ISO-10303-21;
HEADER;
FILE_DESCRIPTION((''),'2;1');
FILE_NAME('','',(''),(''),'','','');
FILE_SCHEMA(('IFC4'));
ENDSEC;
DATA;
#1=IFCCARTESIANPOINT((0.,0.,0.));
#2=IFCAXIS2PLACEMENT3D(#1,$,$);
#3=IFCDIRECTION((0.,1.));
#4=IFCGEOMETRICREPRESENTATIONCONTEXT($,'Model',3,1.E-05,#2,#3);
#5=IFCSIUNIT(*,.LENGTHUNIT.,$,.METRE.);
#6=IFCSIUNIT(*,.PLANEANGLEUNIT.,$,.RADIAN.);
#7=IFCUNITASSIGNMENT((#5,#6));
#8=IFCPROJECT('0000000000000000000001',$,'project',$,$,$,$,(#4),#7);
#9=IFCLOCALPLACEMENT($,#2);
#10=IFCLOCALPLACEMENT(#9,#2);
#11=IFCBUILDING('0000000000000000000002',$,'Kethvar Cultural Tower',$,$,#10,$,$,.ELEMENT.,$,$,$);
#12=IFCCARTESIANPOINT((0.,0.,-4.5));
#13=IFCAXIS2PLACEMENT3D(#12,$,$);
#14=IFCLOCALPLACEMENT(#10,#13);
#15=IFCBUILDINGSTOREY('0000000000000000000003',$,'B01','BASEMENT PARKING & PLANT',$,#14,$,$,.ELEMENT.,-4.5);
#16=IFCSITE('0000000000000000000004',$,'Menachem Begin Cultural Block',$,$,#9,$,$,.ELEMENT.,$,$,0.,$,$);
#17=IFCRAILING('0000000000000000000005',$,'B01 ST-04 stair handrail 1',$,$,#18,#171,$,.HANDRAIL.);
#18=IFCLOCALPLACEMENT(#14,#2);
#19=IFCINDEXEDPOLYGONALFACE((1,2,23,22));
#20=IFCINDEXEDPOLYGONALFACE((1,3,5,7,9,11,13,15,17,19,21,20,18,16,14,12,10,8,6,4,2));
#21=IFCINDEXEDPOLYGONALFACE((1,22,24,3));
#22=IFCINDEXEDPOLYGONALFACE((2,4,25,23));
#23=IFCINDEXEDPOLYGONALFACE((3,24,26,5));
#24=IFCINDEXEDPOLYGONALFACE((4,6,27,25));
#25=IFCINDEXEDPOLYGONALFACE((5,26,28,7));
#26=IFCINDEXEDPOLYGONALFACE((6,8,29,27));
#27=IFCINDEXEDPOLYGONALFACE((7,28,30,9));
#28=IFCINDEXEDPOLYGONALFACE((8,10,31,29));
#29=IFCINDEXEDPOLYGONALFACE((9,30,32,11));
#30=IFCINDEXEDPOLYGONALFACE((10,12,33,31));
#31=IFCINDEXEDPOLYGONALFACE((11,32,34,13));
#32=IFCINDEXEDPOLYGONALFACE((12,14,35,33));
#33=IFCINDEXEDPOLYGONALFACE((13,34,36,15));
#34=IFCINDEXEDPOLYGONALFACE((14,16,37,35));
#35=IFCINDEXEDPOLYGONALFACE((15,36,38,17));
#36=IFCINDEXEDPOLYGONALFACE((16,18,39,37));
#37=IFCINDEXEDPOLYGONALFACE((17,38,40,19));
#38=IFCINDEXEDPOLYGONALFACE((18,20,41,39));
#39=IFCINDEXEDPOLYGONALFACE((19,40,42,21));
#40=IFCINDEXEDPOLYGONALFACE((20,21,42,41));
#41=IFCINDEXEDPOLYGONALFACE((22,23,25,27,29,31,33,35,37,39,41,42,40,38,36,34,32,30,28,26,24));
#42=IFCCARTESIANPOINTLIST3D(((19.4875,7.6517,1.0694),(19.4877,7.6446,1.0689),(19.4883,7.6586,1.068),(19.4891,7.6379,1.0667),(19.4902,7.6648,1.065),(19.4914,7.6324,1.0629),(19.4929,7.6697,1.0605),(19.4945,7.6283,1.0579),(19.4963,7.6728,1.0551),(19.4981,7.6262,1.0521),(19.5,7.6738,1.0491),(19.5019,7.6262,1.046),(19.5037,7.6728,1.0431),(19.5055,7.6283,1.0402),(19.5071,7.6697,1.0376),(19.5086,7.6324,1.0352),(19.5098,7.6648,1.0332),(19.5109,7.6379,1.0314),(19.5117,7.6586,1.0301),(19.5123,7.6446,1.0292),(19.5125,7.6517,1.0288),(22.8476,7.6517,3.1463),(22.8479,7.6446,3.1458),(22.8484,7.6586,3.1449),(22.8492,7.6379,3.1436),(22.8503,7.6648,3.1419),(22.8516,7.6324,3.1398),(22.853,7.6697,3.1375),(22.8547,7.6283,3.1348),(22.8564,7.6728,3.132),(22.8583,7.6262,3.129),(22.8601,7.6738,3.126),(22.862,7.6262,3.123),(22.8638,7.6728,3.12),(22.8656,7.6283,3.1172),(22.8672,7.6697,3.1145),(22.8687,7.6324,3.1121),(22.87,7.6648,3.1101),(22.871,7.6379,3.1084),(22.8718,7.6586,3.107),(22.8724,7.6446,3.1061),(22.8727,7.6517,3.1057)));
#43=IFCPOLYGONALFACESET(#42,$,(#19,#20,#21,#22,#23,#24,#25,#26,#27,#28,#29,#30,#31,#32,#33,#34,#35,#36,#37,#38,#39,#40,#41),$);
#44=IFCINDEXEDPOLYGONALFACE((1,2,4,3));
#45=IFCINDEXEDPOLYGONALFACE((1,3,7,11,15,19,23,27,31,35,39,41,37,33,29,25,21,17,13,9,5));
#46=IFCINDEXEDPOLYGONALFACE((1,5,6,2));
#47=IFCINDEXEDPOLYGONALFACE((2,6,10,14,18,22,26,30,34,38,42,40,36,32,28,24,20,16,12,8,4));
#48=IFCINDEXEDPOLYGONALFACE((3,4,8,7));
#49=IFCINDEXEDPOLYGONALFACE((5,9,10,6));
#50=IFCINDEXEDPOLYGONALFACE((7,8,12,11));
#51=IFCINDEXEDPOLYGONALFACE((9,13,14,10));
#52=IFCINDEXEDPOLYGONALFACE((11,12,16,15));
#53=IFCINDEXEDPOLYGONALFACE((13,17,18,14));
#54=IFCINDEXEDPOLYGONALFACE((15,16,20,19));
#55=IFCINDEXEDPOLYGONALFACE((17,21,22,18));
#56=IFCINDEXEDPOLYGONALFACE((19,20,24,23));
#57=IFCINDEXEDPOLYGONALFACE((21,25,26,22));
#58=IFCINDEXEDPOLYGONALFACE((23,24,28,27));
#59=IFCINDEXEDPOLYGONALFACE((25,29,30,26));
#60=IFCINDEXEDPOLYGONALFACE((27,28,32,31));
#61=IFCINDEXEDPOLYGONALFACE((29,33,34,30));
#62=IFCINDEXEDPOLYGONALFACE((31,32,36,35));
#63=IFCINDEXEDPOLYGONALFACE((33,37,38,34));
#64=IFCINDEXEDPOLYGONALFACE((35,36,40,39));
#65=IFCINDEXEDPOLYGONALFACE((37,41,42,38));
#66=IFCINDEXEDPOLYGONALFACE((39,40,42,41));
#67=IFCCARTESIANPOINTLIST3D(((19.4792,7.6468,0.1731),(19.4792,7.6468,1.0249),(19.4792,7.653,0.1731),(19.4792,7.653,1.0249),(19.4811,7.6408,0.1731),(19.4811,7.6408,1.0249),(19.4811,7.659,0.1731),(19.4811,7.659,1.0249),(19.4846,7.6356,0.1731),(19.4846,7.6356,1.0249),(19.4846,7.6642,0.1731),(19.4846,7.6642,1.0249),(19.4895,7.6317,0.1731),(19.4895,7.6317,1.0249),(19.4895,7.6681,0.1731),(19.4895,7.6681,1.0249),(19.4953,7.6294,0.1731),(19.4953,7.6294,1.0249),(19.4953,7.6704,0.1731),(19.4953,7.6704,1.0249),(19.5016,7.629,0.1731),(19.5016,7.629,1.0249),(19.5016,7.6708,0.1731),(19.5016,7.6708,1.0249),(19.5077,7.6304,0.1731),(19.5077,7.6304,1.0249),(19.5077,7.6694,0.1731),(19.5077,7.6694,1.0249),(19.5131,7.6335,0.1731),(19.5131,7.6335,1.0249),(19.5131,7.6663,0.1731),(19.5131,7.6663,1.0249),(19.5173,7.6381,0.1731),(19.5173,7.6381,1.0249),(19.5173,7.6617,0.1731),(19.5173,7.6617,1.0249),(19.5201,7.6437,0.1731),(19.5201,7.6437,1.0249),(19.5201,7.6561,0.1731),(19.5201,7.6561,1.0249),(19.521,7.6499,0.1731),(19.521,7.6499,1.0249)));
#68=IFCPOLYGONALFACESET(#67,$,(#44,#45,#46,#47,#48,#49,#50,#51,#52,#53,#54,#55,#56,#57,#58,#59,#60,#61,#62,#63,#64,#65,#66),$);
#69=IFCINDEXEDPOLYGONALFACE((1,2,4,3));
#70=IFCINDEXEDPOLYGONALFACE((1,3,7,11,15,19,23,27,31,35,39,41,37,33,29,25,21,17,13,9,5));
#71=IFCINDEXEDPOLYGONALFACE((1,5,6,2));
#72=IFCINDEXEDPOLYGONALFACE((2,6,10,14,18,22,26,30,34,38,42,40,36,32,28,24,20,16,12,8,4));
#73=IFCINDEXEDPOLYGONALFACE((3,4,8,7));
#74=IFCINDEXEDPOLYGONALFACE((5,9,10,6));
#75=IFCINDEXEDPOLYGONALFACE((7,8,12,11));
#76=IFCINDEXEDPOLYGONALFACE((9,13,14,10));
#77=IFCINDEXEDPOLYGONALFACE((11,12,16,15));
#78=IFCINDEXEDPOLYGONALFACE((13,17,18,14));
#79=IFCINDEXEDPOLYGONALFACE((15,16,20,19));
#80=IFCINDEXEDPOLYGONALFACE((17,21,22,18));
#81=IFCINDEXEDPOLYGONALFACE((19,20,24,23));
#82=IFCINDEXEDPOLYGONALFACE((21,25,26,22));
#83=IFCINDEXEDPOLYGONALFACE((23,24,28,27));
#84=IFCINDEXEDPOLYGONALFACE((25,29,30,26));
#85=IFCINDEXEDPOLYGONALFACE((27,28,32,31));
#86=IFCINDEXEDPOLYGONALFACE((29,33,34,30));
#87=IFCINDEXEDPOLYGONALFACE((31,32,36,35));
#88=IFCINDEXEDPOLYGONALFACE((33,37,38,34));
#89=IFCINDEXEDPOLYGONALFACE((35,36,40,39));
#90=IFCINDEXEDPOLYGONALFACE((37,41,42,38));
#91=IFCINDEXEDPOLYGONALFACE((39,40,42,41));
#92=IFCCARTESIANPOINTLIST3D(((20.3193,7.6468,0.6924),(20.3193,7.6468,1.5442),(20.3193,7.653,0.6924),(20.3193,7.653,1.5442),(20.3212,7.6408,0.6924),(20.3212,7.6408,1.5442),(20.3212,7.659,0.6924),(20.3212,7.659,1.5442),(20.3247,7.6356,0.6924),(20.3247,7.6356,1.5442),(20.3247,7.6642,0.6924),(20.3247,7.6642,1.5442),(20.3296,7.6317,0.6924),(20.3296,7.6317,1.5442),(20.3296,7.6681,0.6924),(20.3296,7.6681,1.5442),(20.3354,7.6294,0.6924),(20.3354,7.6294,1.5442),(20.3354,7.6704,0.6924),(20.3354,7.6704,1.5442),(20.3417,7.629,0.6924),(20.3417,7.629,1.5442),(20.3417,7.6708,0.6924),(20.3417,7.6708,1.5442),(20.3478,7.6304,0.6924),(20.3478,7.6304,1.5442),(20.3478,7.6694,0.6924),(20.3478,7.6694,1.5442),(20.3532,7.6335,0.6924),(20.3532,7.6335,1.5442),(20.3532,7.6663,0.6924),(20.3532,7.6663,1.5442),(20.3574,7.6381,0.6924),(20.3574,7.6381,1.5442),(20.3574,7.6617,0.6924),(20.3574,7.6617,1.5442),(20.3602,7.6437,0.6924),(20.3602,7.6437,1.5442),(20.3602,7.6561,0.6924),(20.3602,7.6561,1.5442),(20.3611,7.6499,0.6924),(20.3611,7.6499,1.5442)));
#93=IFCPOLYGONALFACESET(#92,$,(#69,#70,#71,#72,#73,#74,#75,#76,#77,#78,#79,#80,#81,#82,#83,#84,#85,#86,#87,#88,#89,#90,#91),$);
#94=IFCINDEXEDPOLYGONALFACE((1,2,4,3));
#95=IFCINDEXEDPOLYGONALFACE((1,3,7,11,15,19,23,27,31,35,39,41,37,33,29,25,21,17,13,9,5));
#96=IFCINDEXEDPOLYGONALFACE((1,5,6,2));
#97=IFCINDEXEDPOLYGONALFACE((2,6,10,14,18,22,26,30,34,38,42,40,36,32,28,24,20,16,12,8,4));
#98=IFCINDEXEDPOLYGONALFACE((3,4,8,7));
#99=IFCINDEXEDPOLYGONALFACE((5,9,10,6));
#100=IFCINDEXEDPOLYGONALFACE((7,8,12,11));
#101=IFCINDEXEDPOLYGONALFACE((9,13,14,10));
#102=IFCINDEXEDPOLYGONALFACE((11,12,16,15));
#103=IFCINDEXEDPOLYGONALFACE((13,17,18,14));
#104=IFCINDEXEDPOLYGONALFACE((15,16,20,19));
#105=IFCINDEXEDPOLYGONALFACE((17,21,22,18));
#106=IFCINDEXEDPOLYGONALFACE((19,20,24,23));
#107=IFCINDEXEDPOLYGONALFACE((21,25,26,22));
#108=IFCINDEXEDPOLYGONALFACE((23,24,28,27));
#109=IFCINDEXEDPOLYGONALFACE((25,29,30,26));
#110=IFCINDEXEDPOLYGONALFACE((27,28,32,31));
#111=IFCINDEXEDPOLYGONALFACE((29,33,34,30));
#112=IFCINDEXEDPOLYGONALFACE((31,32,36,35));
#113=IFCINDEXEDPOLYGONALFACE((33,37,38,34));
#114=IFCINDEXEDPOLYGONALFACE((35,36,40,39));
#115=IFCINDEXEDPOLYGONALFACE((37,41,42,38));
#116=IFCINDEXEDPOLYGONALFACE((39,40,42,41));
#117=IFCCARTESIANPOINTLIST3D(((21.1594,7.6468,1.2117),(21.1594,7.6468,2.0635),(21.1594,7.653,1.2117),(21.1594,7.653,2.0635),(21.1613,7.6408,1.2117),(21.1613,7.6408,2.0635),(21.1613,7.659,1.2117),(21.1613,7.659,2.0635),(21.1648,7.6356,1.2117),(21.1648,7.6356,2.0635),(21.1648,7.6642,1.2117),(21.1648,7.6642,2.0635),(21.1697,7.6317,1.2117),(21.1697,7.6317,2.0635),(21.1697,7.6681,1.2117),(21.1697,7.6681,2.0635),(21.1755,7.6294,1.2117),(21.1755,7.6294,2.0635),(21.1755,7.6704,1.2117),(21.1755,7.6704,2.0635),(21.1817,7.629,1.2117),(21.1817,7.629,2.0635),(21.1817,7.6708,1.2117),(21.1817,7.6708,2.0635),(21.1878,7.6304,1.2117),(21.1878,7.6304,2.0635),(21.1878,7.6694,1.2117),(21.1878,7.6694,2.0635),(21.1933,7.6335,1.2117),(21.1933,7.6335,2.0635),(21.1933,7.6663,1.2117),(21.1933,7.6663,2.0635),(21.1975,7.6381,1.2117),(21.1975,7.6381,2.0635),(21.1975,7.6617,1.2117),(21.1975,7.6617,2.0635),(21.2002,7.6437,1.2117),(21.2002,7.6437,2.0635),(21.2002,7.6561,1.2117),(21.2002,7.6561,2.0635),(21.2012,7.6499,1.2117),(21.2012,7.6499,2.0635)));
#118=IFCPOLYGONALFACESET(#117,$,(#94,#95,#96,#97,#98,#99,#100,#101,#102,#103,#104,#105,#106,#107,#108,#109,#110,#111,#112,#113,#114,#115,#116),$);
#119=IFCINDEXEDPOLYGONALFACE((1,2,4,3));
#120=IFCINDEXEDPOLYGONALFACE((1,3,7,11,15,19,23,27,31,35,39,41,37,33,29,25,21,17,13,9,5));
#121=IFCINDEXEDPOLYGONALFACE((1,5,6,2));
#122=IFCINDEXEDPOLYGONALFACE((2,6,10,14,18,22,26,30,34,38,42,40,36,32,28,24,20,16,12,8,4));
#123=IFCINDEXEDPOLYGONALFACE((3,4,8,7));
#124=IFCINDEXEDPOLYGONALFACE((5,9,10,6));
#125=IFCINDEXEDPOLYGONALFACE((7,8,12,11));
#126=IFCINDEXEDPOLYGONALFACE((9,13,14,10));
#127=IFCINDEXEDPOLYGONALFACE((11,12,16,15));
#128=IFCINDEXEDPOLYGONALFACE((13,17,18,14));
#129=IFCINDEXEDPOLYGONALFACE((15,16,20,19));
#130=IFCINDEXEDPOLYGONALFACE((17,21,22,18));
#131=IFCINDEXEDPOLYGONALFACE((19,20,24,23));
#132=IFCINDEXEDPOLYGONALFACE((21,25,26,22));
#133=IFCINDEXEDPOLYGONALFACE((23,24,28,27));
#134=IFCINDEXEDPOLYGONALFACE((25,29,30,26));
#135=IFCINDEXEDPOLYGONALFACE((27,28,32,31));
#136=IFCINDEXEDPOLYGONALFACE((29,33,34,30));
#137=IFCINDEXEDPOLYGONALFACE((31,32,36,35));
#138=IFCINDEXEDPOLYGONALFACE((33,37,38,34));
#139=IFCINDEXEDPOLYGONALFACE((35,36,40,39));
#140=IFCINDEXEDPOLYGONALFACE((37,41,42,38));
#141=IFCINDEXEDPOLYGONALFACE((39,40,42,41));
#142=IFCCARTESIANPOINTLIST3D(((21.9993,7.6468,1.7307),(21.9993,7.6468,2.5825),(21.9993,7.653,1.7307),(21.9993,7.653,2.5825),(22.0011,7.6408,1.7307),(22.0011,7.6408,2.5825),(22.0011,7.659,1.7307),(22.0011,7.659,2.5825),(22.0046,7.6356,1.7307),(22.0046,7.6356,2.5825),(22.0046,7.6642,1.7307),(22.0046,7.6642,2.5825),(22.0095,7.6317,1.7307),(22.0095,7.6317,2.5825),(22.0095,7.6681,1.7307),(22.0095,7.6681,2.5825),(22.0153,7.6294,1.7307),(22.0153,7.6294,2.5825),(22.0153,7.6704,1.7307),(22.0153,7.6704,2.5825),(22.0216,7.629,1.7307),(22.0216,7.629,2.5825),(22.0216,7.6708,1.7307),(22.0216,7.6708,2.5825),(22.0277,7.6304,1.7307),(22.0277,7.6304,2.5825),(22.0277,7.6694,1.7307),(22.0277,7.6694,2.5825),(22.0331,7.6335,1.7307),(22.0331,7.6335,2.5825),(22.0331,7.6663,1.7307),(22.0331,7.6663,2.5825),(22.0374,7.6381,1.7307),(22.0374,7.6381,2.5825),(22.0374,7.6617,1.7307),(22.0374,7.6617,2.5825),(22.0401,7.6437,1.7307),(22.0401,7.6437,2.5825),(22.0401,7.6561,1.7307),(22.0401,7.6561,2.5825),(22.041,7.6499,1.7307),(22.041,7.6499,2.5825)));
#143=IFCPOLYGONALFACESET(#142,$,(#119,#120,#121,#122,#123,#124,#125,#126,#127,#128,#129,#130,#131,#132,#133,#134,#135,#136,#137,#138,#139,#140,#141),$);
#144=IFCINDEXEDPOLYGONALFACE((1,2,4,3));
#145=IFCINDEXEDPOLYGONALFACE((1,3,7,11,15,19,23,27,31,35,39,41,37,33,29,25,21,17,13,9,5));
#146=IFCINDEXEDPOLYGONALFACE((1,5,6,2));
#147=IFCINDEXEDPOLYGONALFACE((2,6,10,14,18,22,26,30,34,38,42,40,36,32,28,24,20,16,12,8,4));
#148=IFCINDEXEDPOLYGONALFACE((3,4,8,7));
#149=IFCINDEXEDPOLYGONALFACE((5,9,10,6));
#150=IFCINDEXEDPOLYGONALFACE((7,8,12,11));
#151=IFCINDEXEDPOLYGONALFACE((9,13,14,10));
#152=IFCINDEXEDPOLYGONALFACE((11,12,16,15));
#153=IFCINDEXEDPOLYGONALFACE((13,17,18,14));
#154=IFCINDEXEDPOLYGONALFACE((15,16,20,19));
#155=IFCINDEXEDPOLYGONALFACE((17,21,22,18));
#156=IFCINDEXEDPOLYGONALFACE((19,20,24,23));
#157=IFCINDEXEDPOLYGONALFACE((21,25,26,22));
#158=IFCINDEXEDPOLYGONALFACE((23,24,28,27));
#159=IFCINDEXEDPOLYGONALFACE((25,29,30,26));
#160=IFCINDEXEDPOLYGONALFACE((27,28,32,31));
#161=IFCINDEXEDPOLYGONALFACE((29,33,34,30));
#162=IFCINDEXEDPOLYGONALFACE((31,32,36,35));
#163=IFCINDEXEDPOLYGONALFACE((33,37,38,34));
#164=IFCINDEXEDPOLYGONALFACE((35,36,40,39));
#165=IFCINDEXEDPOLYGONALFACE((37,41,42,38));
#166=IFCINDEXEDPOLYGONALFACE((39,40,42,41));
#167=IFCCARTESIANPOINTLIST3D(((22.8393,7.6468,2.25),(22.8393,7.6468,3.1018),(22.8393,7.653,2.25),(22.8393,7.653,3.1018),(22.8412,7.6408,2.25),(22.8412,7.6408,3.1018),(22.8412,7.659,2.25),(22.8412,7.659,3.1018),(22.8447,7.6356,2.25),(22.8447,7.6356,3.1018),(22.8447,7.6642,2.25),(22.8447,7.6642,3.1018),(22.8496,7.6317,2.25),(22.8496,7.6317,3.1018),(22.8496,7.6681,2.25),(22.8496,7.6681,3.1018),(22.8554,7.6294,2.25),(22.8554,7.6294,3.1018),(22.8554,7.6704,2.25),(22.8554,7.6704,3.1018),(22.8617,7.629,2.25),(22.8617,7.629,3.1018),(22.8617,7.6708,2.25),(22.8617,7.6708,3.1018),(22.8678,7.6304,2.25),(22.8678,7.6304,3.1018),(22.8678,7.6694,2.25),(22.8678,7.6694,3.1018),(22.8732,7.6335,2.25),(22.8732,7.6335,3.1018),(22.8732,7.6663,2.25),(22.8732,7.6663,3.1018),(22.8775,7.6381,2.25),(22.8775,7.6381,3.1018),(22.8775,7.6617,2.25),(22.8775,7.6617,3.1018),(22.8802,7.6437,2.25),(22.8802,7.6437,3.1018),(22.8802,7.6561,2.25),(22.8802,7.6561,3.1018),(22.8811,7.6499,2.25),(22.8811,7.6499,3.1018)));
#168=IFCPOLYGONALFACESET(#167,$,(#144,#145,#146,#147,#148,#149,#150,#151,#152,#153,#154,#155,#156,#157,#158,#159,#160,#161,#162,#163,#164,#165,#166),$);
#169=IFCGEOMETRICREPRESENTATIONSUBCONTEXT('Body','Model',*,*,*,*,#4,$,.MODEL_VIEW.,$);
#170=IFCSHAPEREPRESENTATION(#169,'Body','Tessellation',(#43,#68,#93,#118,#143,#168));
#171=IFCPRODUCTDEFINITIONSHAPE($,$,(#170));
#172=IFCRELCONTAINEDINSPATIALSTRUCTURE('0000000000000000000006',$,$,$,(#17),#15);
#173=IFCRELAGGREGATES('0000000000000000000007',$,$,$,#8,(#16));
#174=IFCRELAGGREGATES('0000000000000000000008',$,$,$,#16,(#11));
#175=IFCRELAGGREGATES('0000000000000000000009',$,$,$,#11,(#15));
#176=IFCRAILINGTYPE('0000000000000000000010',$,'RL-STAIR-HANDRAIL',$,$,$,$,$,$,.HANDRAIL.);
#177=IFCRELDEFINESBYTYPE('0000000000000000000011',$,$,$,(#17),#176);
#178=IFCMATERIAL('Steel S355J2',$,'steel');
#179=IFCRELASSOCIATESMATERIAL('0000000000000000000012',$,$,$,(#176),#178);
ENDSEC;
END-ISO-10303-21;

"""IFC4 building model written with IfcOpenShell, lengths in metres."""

from ifc_helpers import new_model, si_unit, direction, frame, origin, origin_2d, place, context, subcontext, project, spatial, circle, extrude, material, type_object, element, save


model = new_model("IFC4")

# Units and contexts
model_context = context("Model", 3, precision=1e-05, world=origin(), true_north=direction((0.0, 1.0)))
body_context = subcontext(model_context, "Body", "Model", "MODEL_VIEW")
ifc_project = project(units=[si_unit("LENGTHUNIT", "METRE"), si_unit("PLANEANGLEUNIT", "RADIAN")], contexts=[model_context])

# Site, building, storey
site_placement = place(None, origin())
site = spatial("IfcSite", under=ifc_project, at=site_placement, Name="Menachem Begin Cultural Block", CompositionType="ELEMENT", RefElevation=0.0)
building_placement = place(site_placement, origin())
building = spatial("IfcBuilding", under=site, at=building_placement, Name="Kethvar Cultural Tower", CompositionType="ELEMENT")
storey_placement = place(building_placement, frame((0.0, 0.0, -4.5)))
storey = spatial("IfcBuildingStorey", under=building, at=storey_placement, Name="B01", Description="BASEMENT PARKING & PLANT", CompositionType="ELEMENT", Elevation=-4.5)

# Shared definitions
ifc_material_1 = material(Name="Steel S355J2", Category="steel")

# Railing
railing_type_1 = type_object("IfcRailingType", Name="RL-STAIR-HANDRAIL", PredefinedType="HANDRAIL", material=ifc_material_1)
railing_1_placement = place(storey_placement, frame((19.5, 7.6499, 0.1731)))
element("IfcRailing", 1, at=railing_1_placement, inside=storey, type_object=railing_type_1, Name="B01 ST-04 stair handrail 1", PredefinedType="HANDRAIL", context=body_context, shape_type="SweptSolid", body=[
    extrude(circle(Radius=0.0239, at=origin_2d()), frame((0.0, 0.0, 0.876), z_axis=(0.850623, 0.0, 0.525776), x_axis=(0.0, 1.0, 0.0)), (0.0, 0.0, 1.0), 3.9502),
    extrude(circle(Radius=0.021, at=origin_2d()), origin(), (0.0, 0.0, 1.0), 0.8518),
    extrude(circle(Radius=0.021, at=origin_2d()), frame((0.8401, 0.0, 0.5193)), (0.0, 0.0, 1.0), 0.8518),
    extrude(circle(Radius=0.021, at=origin_2d()), frame((1.6802, 0.0, 1.0386)), (0.0, 0.0, 1.0), 0.8518),
    extrude(circle(Radius=0.021, at=origin_2d()), frame((2.52, 0.0, 1.5576)), (0.0, 0.0, 1.0), 0.8518),
    extrude(circle(Radius=0.021, at=origin_2d()), frame((3.3601, 0.0, 2.0769)), (0.0, 0.0, 1.0), 0.8518),
])

save(model, "model.ifc")
